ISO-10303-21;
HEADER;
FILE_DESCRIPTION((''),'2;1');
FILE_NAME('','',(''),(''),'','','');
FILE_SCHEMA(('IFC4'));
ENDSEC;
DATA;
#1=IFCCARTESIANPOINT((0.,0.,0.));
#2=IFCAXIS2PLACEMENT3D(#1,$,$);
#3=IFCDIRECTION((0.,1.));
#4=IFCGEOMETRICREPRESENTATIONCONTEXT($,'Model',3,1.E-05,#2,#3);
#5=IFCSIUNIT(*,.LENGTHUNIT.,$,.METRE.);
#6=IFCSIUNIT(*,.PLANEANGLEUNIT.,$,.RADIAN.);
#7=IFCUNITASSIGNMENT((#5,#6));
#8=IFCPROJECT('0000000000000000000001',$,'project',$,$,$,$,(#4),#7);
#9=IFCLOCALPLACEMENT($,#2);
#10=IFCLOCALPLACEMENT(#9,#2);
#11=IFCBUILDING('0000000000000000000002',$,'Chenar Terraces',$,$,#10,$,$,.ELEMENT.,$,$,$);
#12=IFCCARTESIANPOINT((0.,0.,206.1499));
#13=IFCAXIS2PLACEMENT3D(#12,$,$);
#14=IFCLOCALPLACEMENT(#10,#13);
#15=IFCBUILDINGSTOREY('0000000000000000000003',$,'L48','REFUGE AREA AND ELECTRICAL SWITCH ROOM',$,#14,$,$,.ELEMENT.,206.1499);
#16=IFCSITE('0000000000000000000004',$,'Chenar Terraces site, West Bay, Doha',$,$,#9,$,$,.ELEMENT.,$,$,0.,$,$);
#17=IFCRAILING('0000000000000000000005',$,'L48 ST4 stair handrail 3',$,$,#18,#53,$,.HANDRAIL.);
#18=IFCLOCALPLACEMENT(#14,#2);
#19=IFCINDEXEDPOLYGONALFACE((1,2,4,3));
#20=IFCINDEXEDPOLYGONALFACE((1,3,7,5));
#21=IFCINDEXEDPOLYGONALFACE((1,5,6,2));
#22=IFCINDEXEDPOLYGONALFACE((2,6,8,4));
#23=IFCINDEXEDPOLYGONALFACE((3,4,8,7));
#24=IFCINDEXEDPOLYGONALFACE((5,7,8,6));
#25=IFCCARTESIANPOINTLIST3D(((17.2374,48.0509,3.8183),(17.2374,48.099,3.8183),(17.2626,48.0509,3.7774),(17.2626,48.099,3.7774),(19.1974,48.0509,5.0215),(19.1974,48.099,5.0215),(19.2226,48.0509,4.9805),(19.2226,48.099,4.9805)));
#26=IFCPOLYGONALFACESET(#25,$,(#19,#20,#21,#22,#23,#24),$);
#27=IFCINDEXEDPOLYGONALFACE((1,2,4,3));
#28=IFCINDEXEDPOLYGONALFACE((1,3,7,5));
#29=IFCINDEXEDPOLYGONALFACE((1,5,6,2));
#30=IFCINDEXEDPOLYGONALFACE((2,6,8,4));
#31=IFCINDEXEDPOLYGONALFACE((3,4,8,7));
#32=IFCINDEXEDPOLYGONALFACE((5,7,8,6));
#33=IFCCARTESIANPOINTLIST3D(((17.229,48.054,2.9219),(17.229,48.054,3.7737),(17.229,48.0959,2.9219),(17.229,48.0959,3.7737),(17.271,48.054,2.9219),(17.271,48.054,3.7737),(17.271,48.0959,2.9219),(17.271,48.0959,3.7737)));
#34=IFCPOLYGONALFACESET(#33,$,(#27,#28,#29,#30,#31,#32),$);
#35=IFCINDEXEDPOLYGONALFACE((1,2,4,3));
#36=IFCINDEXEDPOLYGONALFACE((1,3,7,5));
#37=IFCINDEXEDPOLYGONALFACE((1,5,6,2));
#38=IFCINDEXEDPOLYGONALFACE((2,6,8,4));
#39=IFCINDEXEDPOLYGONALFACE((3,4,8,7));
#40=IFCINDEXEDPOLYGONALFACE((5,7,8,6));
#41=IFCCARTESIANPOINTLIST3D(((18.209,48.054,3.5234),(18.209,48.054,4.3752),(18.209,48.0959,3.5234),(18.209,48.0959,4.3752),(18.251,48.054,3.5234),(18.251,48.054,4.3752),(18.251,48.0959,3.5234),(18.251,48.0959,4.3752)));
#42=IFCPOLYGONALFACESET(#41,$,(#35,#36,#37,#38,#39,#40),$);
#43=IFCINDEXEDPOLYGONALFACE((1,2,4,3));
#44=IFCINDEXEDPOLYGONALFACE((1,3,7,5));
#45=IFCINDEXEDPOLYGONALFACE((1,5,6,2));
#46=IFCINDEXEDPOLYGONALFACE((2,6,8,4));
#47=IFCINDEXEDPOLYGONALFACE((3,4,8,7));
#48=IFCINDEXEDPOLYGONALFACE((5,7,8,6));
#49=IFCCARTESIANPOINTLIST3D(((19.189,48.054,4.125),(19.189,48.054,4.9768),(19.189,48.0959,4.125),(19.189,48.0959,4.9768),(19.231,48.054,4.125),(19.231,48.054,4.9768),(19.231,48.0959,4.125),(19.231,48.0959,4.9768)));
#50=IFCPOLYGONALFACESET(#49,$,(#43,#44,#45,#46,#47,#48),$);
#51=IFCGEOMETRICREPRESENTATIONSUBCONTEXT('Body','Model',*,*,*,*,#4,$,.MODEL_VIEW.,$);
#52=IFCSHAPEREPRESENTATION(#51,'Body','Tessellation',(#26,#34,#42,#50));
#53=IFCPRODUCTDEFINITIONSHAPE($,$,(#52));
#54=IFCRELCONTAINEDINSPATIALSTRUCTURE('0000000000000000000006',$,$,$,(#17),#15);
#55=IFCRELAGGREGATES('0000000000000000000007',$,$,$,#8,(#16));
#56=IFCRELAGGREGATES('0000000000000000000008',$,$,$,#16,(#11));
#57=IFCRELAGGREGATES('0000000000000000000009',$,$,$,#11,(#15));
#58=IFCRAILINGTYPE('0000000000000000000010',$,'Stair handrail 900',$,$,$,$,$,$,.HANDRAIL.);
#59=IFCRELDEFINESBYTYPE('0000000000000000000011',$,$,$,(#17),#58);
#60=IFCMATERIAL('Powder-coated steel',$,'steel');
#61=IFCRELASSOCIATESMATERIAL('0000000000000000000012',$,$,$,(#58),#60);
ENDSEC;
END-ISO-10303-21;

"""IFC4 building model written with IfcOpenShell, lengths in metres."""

from ifc_helpers import new_model, si_unit, direction, frame, origin, origin_2d, place, context, subcontext, project, spatial, rectangle, extrude, material, type_object, element, save


model = new_model("IFC4")

# Units and contexts
model_context = context("Model", 3, precision=1e-05, world=origin(), true_north=direction((0.0, 1.0)))
body_context = subcontext(model_context, "Body", "Model", "MODEL_VIEW")
ifc_project = project(units=[si_unit("LENGTHUNIT", "METRE"), si_unit("PLANEANGLEUNIT", "RADIAN")], contexts=[model_context])

# Site, building, storey
site_placement = place(None, origin())
site = spatial("IfcSite", under=ifc_project, at=site_placement, Name="Chenar Terraces site, West Bay, Doha", CompositionType="ELEMENT", RefElevation=0.0)
building_placement = place(site_placement, origin())
building = spatial("IfcBuilding", under=site, at=building_placement, Name="Chenar Terraces", CompositionType="ELEMENT")
storey_placement = place(building_placement, frame((0.0, 0.0, 206.1499)))
storey = spatial("IfcBuildingStorey", under=building, at=storey_placement, Name="L48", Description="REFUGE AREA AND ELECTRICAL SWITCH ROOM", CompositionType="ELEMENT", Elevation=206.1499)

# Railing
ifc_material_1 = material(Name="Powder-coated steel", Category="steel")
railing_type_1 = type_object("IfcRailingType", Name="Stair handrail 900", PredefinedType="HANDRAIL", material=ifc_material_1)
for number, where, name in (
    (1, (17.25, 48.075, 2.9219), "L48 ST4 stair handrail 3"),
):
    element("IfcRailing", number, at=place(storey_placement, frame(where)), inside=storey, type_object=railing_type_1, Name=name, PredefinedType="HANDRAIL", context=body_context, shape_type="SweptSolid", body=[
        extrude(rectangle(XDim=0.0481, YDim=0.0481, at=origin_2d()), frame((0.0, 0.0, 0.876), z_axis=(0.852241, 0.0, 0.523149), x_axis=(0.0, 1.0, 0.0)), (0.0, 0.0, 1.0), 2.2998),
        extrude(rectangle(XDim=0.042, YDim=0.042, at=origin_2d()), origin(), (0.0, 0.0, 1.0), 0.8518),
        extrude(rectangle(XDim=0.042, YDim=0.042, at=origin_2d()), frame((0.98, 0.0, 0.6016)), (0.0, 0.0, 1.0), 0.8518),
        extrude(rectangle(XDim=0.042, YDim=0.042, at=origin_2d()), frame((1.96, 0.0, 1.2031)), (0.0, 0.0, 1.0), 0.8518),
    ])

save(model, "model.ifc")
